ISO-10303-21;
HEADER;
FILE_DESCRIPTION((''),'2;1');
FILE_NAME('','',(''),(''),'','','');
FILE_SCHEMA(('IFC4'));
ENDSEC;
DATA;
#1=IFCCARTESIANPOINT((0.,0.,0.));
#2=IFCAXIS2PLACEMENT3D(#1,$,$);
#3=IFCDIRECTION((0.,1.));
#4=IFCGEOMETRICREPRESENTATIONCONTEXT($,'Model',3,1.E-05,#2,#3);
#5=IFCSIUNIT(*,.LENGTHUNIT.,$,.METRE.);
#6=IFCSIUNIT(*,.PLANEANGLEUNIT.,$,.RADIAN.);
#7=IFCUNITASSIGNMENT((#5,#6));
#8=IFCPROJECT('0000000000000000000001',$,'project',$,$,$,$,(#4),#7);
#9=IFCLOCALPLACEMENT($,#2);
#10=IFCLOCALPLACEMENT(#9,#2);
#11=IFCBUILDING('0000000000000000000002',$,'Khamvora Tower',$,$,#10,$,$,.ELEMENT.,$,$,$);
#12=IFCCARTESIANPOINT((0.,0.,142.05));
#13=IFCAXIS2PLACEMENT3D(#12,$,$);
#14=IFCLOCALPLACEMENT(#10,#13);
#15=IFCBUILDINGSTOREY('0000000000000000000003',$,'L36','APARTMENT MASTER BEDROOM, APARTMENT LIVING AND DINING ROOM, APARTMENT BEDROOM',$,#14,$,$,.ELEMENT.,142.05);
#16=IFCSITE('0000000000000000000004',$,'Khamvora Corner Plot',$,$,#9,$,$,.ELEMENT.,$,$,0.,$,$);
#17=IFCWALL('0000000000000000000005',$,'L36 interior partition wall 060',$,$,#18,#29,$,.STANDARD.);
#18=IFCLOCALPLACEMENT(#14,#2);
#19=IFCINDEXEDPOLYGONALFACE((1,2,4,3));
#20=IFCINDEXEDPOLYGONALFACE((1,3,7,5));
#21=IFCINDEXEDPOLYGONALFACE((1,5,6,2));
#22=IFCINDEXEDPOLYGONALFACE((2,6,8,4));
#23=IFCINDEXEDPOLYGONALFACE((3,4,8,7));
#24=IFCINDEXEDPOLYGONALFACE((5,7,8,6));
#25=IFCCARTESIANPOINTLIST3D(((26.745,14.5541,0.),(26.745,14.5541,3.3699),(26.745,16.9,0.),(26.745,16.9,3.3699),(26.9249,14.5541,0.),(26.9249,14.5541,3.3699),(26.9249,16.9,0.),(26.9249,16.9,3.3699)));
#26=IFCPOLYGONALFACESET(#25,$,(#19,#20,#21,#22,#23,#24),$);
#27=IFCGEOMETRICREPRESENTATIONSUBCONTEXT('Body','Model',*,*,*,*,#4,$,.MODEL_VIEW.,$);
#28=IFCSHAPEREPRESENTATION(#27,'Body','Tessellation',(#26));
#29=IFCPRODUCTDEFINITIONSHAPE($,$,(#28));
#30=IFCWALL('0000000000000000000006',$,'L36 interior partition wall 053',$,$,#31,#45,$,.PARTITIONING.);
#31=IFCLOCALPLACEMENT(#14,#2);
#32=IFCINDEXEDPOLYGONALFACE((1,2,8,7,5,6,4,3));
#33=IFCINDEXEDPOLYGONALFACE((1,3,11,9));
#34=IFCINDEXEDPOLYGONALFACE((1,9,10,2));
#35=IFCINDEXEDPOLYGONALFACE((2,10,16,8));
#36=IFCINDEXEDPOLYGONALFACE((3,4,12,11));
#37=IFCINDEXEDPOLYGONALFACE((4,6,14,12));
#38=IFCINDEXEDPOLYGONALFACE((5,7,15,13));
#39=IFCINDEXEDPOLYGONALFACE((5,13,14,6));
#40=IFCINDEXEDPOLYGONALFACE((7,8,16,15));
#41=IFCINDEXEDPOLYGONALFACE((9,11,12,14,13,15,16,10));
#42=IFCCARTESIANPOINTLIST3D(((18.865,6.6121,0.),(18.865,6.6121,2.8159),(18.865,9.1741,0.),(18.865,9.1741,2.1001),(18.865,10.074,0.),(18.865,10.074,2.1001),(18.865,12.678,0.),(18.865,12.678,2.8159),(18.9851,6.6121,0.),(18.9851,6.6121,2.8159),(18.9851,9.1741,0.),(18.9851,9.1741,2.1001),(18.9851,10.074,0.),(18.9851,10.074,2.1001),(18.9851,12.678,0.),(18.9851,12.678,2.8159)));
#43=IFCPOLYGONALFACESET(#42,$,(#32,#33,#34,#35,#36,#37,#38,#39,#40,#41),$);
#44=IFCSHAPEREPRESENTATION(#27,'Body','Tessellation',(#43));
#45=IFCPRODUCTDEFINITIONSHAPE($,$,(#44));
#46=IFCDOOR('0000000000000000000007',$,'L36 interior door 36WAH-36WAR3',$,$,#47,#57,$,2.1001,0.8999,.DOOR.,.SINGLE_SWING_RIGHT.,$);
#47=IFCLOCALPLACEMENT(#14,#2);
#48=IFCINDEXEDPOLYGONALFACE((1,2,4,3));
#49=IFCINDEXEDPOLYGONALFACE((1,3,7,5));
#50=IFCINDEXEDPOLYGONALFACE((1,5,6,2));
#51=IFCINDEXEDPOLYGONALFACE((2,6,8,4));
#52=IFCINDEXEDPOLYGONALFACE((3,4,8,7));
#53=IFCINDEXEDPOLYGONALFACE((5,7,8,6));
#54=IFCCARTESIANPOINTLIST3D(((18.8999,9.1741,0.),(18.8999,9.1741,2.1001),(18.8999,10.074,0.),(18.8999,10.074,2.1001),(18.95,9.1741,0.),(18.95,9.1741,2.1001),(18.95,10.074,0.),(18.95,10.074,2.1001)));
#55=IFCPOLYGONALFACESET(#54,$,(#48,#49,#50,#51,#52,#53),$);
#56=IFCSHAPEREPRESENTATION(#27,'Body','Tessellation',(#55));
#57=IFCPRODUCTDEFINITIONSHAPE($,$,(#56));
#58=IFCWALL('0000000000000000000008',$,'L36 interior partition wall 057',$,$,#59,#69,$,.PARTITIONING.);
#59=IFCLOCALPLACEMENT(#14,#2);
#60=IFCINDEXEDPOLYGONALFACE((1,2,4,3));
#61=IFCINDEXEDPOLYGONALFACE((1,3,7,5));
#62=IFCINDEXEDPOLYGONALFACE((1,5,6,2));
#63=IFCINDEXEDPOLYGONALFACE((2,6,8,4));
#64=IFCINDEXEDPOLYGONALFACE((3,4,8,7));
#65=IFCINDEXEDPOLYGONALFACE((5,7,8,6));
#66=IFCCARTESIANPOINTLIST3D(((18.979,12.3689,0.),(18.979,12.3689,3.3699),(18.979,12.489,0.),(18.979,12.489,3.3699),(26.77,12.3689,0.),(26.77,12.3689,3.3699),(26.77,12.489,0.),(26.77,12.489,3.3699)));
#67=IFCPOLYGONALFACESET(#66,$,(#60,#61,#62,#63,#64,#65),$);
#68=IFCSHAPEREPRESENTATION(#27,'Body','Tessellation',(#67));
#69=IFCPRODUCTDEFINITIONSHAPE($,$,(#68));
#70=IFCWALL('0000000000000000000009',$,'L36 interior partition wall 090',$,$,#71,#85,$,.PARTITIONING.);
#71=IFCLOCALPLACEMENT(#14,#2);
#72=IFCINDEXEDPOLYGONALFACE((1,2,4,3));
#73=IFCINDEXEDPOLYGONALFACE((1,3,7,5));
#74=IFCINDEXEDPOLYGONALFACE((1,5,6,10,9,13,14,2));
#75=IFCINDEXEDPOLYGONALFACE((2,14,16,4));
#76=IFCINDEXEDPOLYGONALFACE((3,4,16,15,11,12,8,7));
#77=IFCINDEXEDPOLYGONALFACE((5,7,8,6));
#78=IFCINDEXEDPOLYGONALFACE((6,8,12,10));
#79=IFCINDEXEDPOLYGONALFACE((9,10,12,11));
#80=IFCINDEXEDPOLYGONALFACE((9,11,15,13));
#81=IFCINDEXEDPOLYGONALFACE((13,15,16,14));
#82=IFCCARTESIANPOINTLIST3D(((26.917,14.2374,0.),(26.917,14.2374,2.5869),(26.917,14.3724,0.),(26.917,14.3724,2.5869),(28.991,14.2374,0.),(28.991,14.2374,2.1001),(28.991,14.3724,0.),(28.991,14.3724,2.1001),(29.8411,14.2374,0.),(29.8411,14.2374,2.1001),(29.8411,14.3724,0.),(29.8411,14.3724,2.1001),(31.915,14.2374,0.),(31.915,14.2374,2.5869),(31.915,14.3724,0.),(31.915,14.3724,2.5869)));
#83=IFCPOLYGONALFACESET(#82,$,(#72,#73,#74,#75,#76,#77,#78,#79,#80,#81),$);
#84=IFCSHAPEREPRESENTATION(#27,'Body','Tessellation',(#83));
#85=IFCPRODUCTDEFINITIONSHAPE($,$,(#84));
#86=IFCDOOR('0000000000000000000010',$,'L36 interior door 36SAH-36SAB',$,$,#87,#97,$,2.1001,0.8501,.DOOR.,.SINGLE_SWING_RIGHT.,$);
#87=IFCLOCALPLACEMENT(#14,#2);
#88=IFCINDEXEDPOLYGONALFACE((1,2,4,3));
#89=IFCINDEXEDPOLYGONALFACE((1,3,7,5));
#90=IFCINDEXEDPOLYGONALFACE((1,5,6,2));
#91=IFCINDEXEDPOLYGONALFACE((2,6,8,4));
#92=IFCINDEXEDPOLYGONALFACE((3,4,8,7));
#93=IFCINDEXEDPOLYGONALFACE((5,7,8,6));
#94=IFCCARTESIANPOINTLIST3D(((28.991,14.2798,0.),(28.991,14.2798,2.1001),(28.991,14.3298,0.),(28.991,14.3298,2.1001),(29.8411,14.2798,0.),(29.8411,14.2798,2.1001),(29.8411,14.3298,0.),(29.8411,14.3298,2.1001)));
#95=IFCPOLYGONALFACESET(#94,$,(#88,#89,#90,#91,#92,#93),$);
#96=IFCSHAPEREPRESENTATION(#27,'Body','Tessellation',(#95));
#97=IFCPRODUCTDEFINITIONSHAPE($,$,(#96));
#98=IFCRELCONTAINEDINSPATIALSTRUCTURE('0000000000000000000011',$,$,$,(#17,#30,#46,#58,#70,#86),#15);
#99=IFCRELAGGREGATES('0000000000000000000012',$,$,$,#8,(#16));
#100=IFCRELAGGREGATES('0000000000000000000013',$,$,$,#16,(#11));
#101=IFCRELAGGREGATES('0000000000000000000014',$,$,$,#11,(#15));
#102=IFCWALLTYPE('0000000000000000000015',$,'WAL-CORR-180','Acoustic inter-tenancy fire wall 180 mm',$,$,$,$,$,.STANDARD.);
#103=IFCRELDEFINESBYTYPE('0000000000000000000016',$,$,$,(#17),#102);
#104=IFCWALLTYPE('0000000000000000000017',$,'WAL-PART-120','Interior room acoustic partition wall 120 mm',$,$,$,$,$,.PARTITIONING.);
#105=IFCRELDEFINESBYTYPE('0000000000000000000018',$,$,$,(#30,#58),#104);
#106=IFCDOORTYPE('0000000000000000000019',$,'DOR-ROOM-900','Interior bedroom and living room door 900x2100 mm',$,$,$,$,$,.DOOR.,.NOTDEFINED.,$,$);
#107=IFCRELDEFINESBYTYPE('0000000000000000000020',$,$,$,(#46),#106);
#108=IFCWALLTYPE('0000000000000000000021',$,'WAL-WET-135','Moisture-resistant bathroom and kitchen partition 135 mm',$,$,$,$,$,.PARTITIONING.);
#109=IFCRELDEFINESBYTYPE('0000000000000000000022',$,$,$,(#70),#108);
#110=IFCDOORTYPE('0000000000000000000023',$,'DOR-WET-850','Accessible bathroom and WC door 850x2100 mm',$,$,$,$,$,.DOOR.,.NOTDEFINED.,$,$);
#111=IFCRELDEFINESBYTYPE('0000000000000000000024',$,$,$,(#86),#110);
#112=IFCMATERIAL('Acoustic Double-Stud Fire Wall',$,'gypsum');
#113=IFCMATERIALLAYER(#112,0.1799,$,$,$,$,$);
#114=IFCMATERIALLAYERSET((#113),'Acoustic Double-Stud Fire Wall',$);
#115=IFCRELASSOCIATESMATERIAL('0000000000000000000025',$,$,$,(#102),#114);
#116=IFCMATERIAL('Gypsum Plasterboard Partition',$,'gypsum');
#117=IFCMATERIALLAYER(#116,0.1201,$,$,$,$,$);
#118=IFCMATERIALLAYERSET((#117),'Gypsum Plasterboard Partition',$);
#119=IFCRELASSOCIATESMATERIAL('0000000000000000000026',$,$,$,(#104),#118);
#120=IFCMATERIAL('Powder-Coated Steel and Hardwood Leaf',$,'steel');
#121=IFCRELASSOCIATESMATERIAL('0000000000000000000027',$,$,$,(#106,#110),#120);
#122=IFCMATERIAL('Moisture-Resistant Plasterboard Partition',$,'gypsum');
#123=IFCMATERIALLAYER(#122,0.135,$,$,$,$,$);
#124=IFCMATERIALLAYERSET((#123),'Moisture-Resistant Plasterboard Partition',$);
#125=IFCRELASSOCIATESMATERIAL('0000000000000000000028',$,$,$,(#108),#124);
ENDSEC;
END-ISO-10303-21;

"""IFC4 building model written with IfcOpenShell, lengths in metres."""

from ifc_helpers import new_model, si_unit, direction, frame, frame_2d, origin, place, context, subcontext, project, spatial, rectangle, extrude, material, layer, layer_set, type_object, element, fill, save


model = new_model("IFC4")

# Units and contexts
model_context = context("Model", 3, precision=1e-05, world=origin(), true_north=direction((0.0, 1.0)))
body_context = subcontext(model_context, "Body", "Model", "MODEL_VIEW")
ifc_project = project(units=[si_unit("LENGTHUNIT", "METRE"), si_unit("PLANEANGLEUNIT", "RADIAN")], contexts=[model_context])

# Site, building, storey
site_placement = place(None, origin())
site = spatial("IfcSite", under=ifc_project, at=site_placement, Name="Khamvora Corner Plot", CompositionType="ELEMENT", RefElevation=0.0)
building_placement = place(site_placement, origin())
building = spatial("IfcBuilding", under=site, at=building_placement, Name="Khamvora Tower", CompositionType="ELEMENT")
storey_placement = place(building_placement, frame((0.0, 0.0, 142.05)))
storey = spatial("IfcBuildingStorey", under=building, at=storey_placement, Name="L36", Description="APARTMENT MASTER BEDROOM, APARTMENT LIVING AND DINING ROOM, APARTMENT BEDROOM", CompositionType="ELEMENT", Elevation=142.05)

# Wall
ifc_material_1 = material(Name="Acoustic Double-Stud Fire Wall", Category="gypsum")
ifc_layer_1 = layer(ifc_material_1, 0.1799)
ifc_layer_set_1 = layer_set([ifc_layer_1], Name="Acoustic Double-Stud Fire Wall")
wall_type_1 = type_object("IfcWallType", Name="WAL-CORR-180", Description="Acoustic inter-tenancy fire wall 180 mm", PredefinedType="STANDARD", material=ifc_layer_set_1)
wall_1_placement = place(storey_placement, frame((26.835, 16.8999, 0.0), z_axis=(0.0, 0.0, 1.0), x_axis=(0.0, -1.0, 0.0)))
element("IfcWall", 1, at=wall_1_placement, inside=storey, type_object=wall_type_1, Name="L36 interior partition wall 060", PredefinedType="STANDARD", context=body_context, shape_type="SweptSolid", body=[
    extrude(rectangle(XDim=2.3459, YDim=0.1799, at=frame_2d((1.1729, 0.0))), origin(), (0.0, 0.0, 1.0), 3.3699),
])

# Wall, opening, door
ifc_material_2 = material(Name="Gypsum Plasterboard Partition", Category="gypsum")
ifc_layer_2 = layer(ifc_material_2, 0.1201)
ifc_layer_set_2 = layer_set([ifc_layer_2], Name="Gypsum Plasterboard Partition")
wall_type_2 = type_object("IfcWallType", Name="WAL-PART-120", Description="Interior room acoustic partition wall 120 mm", PredefinedType="PARTITIONING", material=ifc_layer_set_2)
wall_2_placement = place(storey_placement, frame((18.925, 12.678, 0.0), z_axis=(0.0, 0.0, 1.0), x_axis=(0.0, -1.0, 0.0)))
wall_2 = element("IfcWall", 2, at=wall_2_placement, inside=storey, type_object=wall_type_2, Name="L36 interior partition wall 053", PredefinedType="PARTITIONING", context=body_context, shape_type="SweptSolid", body=[
    extrude(rectangle(XDim=6.0659, YDim=0.1201, at=frame_2d((3.033, 0.0))), origin(), (0.0, 0.0, 1.0), 2.8159),
])
opening_1_placement = place(wall_2_placement, frame((2.604, 0.0, 0.0)))
opening_1 = element("IfcOpeningElement", 3, at=opening_1_placement, cuts=wall_2, PredefinedType="OPENING", context=body_context, shape_type="SweptSolid", body=[
    extrude(rectangle(XDim=0.8999, YDim=2.1001, at=frame_2d((0.45, 1.05))), frame((0.0, 0.0701, 0.0), z_axis=(0.0, -1.0, 0.0), x_axis=(1.0, 0.0, 0.0)), (0.0, 0.0, 1.0), 0.1401),
])
ifc_material_3 = material(Name="Powder-Coated Steel and Hardwood Leaf", Category="steel")
door_type_1 = type_object("IfcDoorType", Name="DOR-ROOM-900", Description="Interior bedroom and living room door 900x2100 mm", OperationType="NOTDEFINED", PredefinedType="DOOR", material=ifc_material_3)
door_1_placement = place(opening_1_placement, origin())
door_1 = element("IfcDoor", 4, at=door_1_placement, inside=storey, type_object=door_type_1, Name="L36 interior door 36WAH-36WAR3", OperationType="SINGLE_SWING_RIGHT", OverallHeight=2.1001, OverallWidth=0.8999, PredefinedType="DOOR", context=body_context, shape_type="SweptSolid", body=[
    extrude(rectangle(XDim=0.8999, YDim=2.1001, at=frame_2d((0.45, 1.05))), frame((0.0, 0.0249, 0.0), z_axis=(0.0, -1.0, 0.0), x_axis=(1.0, 0.0, 0.0)), (0.0, 0.0, 1.0), 0.05),
])
fill(opening_1, door_1)

# Wall
wall_3_placement = place(storey_placement, frame((18.979, 12.429, 0.0), z_axis=(0.0, 0.0, 1.0), x_axis=(1.0, 0.0, 0.0)))
element("IfcWall", 5, at=wall_3_placement, inside=storey, type_object=wall_type_2, Name="L36 interior partition wall 057", PredefinedType="PARTITIONING", context=body_context, shape_type="SweptSolid", body=[
    extrude(rectangle(XDim=7.791, YDim=0.1201, at=frame_2d((3.8955, 0.0))), origin(), (0.0, 0.0, 1.0), 3.3699),
])

# Wall, opening, door
ifc_material_4 = material(Name="Moisture-Resistant Plasterboard Partition", Category="gypsum")
ifc_layer_3 = layer(ifc_material_4, 0.135)
ifc_layer_set_3 = layer_set([ifc_layer_3], Name="Moisture-Resistant Plasterboard Partition")
wall_type_3 = type_object("IfcWallType", Name="WAL-WET-135", Description="Moisture-resistant bathroom and kitchen partition 135 mm", PredefinedType="PARTITIONING", material=ifc_layer_set_3)
wall_4_placement = place(storey_placement, frame((26.917, 14.3049, 0.0), z_axis=(0.0, 0.0, 1.0), x_axis=(1.0, 0.0, 0.0)))
wall_4 = element("IfcWall", 6, at=wall_4_placement, inside=storey, type_object=wall_type_3, Name="L36 interior partition wall 090", PredefinedType="PARTITIONING", context=body_context, shape_type="SweptSolid", body=[
    extrude(rectangle(XDim=4.998, YDim=0.135, at=frame_2d((2.499, 0.0))), origin(), (0.0, 0.0, 1.0), 2.5869),
])
opening_2_placement = place(wall_4_placement, frame((2.074, 0.0, 0.0)))
opening_2 = element("IfcOpeningElement", 7, at=opening_2_placement, cuts=wall_4, PredefinedType="OPENING", context=body_context, shape_type="SweptSolid", body=[
    extrude(rectangle(XDim=0.8501, YDim=2.1001, at=frame_2d((0.425, 1.05))), frame((0.0, 0.0774, 0.0), z_axis=(0.0, -1.0, 0.0), x_axis=(1.0, 0.0, 0.0)), (0.0, 0.0, 1.0), 0.155),
])
door_type_2 = type_object("IfcDoorType", Name="DOR-WET-850", Description="Accessible bathroom and WC door 850x2100 mm", OperationType="NOTDEFINED", PredefinedType="DOOR", material=ifc_material_3)
door_2_placement = place(opening_2_placement, origin())
door_2 = element("IfcDoor", 8, at=door_2_placement, inside=storey, type_object=door_type_2, Name="L36 interior door 36SAH-36SAB", OperationType="SINGLE_SWING_RIGHT", OverallHeight=2.1001, OverallWidth=0.8501, PredefinedType="DOOR", context=body_context, shape_type="SweptSolid", body=[
    extrude(rectangle(XDim=0.8501, YDim=2.1001, at=frame_2d((0.425, 1.05))), frame((0.0, 0.0249, 0.0), z_axis=(0.0, -1.0, 0.0), x_axis=(1.0, 0.0, 0.0)), (0.0, 0.0, 1.0), 0.05),
])
fill(opening_2, door_2)

save(model, "model.ifc")
